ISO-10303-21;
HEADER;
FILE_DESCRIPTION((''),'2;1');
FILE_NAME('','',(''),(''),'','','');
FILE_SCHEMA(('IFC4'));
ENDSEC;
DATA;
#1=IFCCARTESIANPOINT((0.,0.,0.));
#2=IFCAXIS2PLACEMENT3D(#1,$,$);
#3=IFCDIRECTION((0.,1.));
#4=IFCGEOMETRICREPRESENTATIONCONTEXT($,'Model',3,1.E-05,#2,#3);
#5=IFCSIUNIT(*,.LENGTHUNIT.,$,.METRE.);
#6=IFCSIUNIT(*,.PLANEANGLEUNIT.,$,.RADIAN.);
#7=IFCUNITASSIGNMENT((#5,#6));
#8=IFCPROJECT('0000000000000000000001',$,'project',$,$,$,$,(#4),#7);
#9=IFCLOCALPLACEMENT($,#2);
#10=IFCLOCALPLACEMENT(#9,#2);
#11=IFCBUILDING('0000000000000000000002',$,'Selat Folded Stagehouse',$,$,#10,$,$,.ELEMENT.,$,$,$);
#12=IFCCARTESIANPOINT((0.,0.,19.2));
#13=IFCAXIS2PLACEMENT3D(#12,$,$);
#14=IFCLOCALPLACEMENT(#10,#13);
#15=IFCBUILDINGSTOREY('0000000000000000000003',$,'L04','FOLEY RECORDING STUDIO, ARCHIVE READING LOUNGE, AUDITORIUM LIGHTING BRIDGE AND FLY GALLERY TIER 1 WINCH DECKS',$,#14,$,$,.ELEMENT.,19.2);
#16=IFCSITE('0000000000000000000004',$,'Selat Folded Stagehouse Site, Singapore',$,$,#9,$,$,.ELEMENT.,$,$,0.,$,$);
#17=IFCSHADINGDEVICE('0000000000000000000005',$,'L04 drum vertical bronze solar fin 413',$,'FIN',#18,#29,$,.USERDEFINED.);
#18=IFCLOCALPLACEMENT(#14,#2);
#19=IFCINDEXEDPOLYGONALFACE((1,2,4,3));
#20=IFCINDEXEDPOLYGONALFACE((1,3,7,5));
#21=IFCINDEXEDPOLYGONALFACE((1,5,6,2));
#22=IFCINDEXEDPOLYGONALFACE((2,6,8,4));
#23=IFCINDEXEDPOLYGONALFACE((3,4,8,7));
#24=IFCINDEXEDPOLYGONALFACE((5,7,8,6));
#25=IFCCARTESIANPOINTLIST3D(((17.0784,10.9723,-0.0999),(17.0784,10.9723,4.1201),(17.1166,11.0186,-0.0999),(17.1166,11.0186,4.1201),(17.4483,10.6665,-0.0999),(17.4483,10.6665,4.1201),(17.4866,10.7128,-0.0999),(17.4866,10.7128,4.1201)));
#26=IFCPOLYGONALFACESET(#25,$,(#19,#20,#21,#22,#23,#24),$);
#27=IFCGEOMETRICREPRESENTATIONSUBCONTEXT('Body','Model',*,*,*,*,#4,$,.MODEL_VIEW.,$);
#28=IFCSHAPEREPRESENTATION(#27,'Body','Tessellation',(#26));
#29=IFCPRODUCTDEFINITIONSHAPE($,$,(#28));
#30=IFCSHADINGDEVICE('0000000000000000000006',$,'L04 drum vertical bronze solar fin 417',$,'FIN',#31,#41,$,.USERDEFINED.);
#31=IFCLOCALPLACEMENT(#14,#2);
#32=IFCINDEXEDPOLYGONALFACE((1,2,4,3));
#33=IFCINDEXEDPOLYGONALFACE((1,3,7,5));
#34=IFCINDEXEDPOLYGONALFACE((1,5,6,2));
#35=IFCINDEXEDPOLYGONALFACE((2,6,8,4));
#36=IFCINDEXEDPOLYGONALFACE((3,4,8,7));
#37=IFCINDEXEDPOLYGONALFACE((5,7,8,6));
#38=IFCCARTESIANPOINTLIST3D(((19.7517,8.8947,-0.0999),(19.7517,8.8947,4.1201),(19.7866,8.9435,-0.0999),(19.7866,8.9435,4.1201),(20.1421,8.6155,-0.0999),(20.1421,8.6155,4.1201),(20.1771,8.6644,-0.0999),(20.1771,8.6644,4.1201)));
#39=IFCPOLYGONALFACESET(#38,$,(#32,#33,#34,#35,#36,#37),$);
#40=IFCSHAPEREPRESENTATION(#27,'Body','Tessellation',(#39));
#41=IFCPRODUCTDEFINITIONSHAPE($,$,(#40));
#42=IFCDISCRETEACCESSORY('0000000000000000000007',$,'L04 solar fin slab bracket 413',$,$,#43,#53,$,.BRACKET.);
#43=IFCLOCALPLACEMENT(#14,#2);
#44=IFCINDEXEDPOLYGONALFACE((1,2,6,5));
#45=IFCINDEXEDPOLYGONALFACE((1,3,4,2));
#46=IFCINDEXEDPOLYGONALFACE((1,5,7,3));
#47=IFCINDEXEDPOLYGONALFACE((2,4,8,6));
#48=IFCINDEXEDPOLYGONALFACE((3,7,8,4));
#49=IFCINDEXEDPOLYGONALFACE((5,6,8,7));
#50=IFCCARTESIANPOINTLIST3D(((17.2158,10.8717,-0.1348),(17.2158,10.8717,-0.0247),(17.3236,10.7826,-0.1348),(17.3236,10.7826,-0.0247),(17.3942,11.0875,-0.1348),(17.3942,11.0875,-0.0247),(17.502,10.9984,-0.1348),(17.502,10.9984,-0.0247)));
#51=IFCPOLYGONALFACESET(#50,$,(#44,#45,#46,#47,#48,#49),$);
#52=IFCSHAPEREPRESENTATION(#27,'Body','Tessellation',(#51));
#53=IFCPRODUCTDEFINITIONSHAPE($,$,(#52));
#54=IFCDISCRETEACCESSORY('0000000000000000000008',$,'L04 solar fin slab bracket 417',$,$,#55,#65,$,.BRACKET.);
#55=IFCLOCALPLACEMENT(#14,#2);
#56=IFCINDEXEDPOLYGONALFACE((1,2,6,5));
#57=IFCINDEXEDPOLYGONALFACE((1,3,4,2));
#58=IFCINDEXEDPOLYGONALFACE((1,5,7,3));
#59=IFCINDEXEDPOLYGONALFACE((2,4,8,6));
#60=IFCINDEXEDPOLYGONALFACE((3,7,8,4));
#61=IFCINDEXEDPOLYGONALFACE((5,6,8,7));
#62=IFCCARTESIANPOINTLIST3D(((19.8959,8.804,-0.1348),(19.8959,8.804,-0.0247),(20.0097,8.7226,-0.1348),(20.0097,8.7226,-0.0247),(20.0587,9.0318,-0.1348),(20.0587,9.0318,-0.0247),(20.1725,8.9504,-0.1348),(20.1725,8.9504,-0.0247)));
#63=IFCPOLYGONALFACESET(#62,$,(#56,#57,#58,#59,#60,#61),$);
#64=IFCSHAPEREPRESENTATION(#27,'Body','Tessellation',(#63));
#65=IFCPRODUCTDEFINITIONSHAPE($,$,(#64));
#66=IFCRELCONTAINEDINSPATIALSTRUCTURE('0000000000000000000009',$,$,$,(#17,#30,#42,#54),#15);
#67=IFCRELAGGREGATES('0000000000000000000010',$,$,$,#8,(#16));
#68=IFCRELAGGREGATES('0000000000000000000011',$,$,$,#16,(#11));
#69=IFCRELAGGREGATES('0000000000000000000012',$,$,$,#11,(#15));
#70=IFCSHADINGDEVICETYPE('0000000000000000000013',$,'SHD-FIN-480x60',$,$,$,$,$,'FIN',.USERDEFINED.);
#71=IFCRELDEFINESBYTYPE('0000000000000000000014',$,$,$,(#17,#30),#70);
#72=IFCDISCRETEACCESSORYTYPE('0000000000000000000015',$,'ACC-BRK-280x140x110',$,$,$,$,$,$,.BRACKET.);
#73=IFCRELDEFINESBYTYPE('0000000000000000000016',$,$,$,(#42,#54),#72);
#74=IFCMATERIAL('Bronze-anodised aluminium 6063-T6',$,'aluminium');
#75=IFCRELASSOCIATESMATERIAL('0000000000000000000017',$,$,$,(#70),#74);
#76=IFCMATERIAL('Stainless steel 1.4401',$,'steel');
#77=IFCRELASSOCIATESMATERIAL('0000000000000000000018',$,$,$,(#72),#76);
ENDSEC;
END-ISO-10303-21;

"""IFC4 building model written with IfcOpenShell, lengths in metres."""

from ifc_helpers import new_model, si_unit, direction, frame, origin, origin_2d, place, context, subcontext, project, spatial, rectangle, extrude, material, material_profile, profile_set, type_object, element, save


model = new_model("IFC4")

# Units and contexts
model_context = context("Model", 3, precision=1e-05, world=origin(), true_north=direction((0.0, 1.0)))
body_context = subcontext(model_context, "Body", "Model", "MODEL_VIEW")
ifc_project = project(units=[si_unit("LENGTHUNIT", "METRE"), si_unit("PLANEANGLEUNIT", "RADIAN")], contexts=[model_context])

# Site, building, storey
site_placement = place(None, origin())
site = spatial("IfcSite", under=ifc_project, at=site_placement, Name="Selat Folded Stagehouse Site, Singapore", CompositionType="ELEMENT", RefElevation=0.0)
building_placement = place(site_placement, origin())
building = spatial("IfcBuilding", under=site, at=building_placement, Name="Selat Folded Stagehouse", CompositionType="ELEMENT")
storey_placement = place(building_placement, frame((0.0, 0.0, 19.2)))
storey = spatial("IfcBuildingStorey", under=building, at=storey_placement, Name="L04", Description="FOLEY RECORDING STUDIO, ARCHIVE READING LOUNGE, AUDITORIUM LIGHTING BRIDGE AND FLY GALLERY TIER 1 WINCH DECKS", CompositionType="ELEMENT", Elevation=19.2)

# Shading devices
ifc_material_1 = material(Name="Bronze-anodised aluminium 6063-T6", Category="aluminium")
ifc_material_profile_1 = material_profile(ifc_material_1, rectangle(XDim=0.0601, YDim=0.48, at=origin_2d()), Name="SOLAR-FIN 480x60")
ifc_profile_set_1 = profile_set([ifc_material_profile_1], Name="Bronze-anodised aluminium 6063-T6")
shading_device_type = type_object("IfcShadingDeviceType", Name="SHD-FIN-480x60", ElementType="FIN", PredefinedType="USERDEFINED", material=ifc_profile_set_1)
for number, where, z_axis, x_axis, name in (
    (1, (17.2825, 10.8425, -0.0999), (0.0, 0.0, 1.0), (-0.637155, -0.770736, 0.0), "L04 drum vertical bronze solar fin 413"),
    (2, (19.9644, 8.7795, -0.0999), (0.0, 0.0, 1.0), (-0.581555, -0.813507, 0.0), "L04 drum vertical bronze solar fin 417"),
):
    element("IfcShadingDevice", number, at=place(storey_placement, frame(where, z_axis=z_axis, x_axis=x_axis)), inside=storey, type_object=shading_device_type, Name=name, ObjectType="FIN", PredefinedType="USERDEFINED", context=body_context, shape_type="SweptSolid", body=[
        extrude(rectangle(XDim=0.0601, YDim=0.48, at=origin_2d()), origin(), (0.0, 0.0, 1.0), 4.22),
    ])

# Discrete accessories
ifc_material_2 = material(Name="Stainless steel 1.4401", Category="steel")
discrete_accessory_type = type_object("IfcDiscreteAccessoryType", Name="ACC-BRK-280x140x110", PredefinedType="BRACKET", material=ifc_material_2)
for number, where, z_axis, x_axis, name in (
    (3, (17.3589, 10.9351, -0.1348), (0.0, 0.0, 1.0), (-0.637155, -0.770736, 0.0), "L04 solar fin slab bracket 413"),
    (4, (20.0342, 8.8772, -0.1348), (0.0, 0.0, 1.0), (-0.581555, -0.813507, 0.0), "L04 solar fin slab bracket 417"),
):
    element("IfcDiscreteAccessory", number, at=place(storey_placement, frame(where, z_axis=z_axis, x_axis=x_axis)), inside=storey, type_object=discrete_accessory_type, Name=name, PredefinedType="BRACKET", context=body_context, shape_type="SweptSolid", body=[
        extrude(rectangle(XDim=0.28, YDim=0.1399, at=origin_2d()), origin(), (0.0, 0.0, 1.0), 0.1101),
    ])

save(model, "model.ifc")
